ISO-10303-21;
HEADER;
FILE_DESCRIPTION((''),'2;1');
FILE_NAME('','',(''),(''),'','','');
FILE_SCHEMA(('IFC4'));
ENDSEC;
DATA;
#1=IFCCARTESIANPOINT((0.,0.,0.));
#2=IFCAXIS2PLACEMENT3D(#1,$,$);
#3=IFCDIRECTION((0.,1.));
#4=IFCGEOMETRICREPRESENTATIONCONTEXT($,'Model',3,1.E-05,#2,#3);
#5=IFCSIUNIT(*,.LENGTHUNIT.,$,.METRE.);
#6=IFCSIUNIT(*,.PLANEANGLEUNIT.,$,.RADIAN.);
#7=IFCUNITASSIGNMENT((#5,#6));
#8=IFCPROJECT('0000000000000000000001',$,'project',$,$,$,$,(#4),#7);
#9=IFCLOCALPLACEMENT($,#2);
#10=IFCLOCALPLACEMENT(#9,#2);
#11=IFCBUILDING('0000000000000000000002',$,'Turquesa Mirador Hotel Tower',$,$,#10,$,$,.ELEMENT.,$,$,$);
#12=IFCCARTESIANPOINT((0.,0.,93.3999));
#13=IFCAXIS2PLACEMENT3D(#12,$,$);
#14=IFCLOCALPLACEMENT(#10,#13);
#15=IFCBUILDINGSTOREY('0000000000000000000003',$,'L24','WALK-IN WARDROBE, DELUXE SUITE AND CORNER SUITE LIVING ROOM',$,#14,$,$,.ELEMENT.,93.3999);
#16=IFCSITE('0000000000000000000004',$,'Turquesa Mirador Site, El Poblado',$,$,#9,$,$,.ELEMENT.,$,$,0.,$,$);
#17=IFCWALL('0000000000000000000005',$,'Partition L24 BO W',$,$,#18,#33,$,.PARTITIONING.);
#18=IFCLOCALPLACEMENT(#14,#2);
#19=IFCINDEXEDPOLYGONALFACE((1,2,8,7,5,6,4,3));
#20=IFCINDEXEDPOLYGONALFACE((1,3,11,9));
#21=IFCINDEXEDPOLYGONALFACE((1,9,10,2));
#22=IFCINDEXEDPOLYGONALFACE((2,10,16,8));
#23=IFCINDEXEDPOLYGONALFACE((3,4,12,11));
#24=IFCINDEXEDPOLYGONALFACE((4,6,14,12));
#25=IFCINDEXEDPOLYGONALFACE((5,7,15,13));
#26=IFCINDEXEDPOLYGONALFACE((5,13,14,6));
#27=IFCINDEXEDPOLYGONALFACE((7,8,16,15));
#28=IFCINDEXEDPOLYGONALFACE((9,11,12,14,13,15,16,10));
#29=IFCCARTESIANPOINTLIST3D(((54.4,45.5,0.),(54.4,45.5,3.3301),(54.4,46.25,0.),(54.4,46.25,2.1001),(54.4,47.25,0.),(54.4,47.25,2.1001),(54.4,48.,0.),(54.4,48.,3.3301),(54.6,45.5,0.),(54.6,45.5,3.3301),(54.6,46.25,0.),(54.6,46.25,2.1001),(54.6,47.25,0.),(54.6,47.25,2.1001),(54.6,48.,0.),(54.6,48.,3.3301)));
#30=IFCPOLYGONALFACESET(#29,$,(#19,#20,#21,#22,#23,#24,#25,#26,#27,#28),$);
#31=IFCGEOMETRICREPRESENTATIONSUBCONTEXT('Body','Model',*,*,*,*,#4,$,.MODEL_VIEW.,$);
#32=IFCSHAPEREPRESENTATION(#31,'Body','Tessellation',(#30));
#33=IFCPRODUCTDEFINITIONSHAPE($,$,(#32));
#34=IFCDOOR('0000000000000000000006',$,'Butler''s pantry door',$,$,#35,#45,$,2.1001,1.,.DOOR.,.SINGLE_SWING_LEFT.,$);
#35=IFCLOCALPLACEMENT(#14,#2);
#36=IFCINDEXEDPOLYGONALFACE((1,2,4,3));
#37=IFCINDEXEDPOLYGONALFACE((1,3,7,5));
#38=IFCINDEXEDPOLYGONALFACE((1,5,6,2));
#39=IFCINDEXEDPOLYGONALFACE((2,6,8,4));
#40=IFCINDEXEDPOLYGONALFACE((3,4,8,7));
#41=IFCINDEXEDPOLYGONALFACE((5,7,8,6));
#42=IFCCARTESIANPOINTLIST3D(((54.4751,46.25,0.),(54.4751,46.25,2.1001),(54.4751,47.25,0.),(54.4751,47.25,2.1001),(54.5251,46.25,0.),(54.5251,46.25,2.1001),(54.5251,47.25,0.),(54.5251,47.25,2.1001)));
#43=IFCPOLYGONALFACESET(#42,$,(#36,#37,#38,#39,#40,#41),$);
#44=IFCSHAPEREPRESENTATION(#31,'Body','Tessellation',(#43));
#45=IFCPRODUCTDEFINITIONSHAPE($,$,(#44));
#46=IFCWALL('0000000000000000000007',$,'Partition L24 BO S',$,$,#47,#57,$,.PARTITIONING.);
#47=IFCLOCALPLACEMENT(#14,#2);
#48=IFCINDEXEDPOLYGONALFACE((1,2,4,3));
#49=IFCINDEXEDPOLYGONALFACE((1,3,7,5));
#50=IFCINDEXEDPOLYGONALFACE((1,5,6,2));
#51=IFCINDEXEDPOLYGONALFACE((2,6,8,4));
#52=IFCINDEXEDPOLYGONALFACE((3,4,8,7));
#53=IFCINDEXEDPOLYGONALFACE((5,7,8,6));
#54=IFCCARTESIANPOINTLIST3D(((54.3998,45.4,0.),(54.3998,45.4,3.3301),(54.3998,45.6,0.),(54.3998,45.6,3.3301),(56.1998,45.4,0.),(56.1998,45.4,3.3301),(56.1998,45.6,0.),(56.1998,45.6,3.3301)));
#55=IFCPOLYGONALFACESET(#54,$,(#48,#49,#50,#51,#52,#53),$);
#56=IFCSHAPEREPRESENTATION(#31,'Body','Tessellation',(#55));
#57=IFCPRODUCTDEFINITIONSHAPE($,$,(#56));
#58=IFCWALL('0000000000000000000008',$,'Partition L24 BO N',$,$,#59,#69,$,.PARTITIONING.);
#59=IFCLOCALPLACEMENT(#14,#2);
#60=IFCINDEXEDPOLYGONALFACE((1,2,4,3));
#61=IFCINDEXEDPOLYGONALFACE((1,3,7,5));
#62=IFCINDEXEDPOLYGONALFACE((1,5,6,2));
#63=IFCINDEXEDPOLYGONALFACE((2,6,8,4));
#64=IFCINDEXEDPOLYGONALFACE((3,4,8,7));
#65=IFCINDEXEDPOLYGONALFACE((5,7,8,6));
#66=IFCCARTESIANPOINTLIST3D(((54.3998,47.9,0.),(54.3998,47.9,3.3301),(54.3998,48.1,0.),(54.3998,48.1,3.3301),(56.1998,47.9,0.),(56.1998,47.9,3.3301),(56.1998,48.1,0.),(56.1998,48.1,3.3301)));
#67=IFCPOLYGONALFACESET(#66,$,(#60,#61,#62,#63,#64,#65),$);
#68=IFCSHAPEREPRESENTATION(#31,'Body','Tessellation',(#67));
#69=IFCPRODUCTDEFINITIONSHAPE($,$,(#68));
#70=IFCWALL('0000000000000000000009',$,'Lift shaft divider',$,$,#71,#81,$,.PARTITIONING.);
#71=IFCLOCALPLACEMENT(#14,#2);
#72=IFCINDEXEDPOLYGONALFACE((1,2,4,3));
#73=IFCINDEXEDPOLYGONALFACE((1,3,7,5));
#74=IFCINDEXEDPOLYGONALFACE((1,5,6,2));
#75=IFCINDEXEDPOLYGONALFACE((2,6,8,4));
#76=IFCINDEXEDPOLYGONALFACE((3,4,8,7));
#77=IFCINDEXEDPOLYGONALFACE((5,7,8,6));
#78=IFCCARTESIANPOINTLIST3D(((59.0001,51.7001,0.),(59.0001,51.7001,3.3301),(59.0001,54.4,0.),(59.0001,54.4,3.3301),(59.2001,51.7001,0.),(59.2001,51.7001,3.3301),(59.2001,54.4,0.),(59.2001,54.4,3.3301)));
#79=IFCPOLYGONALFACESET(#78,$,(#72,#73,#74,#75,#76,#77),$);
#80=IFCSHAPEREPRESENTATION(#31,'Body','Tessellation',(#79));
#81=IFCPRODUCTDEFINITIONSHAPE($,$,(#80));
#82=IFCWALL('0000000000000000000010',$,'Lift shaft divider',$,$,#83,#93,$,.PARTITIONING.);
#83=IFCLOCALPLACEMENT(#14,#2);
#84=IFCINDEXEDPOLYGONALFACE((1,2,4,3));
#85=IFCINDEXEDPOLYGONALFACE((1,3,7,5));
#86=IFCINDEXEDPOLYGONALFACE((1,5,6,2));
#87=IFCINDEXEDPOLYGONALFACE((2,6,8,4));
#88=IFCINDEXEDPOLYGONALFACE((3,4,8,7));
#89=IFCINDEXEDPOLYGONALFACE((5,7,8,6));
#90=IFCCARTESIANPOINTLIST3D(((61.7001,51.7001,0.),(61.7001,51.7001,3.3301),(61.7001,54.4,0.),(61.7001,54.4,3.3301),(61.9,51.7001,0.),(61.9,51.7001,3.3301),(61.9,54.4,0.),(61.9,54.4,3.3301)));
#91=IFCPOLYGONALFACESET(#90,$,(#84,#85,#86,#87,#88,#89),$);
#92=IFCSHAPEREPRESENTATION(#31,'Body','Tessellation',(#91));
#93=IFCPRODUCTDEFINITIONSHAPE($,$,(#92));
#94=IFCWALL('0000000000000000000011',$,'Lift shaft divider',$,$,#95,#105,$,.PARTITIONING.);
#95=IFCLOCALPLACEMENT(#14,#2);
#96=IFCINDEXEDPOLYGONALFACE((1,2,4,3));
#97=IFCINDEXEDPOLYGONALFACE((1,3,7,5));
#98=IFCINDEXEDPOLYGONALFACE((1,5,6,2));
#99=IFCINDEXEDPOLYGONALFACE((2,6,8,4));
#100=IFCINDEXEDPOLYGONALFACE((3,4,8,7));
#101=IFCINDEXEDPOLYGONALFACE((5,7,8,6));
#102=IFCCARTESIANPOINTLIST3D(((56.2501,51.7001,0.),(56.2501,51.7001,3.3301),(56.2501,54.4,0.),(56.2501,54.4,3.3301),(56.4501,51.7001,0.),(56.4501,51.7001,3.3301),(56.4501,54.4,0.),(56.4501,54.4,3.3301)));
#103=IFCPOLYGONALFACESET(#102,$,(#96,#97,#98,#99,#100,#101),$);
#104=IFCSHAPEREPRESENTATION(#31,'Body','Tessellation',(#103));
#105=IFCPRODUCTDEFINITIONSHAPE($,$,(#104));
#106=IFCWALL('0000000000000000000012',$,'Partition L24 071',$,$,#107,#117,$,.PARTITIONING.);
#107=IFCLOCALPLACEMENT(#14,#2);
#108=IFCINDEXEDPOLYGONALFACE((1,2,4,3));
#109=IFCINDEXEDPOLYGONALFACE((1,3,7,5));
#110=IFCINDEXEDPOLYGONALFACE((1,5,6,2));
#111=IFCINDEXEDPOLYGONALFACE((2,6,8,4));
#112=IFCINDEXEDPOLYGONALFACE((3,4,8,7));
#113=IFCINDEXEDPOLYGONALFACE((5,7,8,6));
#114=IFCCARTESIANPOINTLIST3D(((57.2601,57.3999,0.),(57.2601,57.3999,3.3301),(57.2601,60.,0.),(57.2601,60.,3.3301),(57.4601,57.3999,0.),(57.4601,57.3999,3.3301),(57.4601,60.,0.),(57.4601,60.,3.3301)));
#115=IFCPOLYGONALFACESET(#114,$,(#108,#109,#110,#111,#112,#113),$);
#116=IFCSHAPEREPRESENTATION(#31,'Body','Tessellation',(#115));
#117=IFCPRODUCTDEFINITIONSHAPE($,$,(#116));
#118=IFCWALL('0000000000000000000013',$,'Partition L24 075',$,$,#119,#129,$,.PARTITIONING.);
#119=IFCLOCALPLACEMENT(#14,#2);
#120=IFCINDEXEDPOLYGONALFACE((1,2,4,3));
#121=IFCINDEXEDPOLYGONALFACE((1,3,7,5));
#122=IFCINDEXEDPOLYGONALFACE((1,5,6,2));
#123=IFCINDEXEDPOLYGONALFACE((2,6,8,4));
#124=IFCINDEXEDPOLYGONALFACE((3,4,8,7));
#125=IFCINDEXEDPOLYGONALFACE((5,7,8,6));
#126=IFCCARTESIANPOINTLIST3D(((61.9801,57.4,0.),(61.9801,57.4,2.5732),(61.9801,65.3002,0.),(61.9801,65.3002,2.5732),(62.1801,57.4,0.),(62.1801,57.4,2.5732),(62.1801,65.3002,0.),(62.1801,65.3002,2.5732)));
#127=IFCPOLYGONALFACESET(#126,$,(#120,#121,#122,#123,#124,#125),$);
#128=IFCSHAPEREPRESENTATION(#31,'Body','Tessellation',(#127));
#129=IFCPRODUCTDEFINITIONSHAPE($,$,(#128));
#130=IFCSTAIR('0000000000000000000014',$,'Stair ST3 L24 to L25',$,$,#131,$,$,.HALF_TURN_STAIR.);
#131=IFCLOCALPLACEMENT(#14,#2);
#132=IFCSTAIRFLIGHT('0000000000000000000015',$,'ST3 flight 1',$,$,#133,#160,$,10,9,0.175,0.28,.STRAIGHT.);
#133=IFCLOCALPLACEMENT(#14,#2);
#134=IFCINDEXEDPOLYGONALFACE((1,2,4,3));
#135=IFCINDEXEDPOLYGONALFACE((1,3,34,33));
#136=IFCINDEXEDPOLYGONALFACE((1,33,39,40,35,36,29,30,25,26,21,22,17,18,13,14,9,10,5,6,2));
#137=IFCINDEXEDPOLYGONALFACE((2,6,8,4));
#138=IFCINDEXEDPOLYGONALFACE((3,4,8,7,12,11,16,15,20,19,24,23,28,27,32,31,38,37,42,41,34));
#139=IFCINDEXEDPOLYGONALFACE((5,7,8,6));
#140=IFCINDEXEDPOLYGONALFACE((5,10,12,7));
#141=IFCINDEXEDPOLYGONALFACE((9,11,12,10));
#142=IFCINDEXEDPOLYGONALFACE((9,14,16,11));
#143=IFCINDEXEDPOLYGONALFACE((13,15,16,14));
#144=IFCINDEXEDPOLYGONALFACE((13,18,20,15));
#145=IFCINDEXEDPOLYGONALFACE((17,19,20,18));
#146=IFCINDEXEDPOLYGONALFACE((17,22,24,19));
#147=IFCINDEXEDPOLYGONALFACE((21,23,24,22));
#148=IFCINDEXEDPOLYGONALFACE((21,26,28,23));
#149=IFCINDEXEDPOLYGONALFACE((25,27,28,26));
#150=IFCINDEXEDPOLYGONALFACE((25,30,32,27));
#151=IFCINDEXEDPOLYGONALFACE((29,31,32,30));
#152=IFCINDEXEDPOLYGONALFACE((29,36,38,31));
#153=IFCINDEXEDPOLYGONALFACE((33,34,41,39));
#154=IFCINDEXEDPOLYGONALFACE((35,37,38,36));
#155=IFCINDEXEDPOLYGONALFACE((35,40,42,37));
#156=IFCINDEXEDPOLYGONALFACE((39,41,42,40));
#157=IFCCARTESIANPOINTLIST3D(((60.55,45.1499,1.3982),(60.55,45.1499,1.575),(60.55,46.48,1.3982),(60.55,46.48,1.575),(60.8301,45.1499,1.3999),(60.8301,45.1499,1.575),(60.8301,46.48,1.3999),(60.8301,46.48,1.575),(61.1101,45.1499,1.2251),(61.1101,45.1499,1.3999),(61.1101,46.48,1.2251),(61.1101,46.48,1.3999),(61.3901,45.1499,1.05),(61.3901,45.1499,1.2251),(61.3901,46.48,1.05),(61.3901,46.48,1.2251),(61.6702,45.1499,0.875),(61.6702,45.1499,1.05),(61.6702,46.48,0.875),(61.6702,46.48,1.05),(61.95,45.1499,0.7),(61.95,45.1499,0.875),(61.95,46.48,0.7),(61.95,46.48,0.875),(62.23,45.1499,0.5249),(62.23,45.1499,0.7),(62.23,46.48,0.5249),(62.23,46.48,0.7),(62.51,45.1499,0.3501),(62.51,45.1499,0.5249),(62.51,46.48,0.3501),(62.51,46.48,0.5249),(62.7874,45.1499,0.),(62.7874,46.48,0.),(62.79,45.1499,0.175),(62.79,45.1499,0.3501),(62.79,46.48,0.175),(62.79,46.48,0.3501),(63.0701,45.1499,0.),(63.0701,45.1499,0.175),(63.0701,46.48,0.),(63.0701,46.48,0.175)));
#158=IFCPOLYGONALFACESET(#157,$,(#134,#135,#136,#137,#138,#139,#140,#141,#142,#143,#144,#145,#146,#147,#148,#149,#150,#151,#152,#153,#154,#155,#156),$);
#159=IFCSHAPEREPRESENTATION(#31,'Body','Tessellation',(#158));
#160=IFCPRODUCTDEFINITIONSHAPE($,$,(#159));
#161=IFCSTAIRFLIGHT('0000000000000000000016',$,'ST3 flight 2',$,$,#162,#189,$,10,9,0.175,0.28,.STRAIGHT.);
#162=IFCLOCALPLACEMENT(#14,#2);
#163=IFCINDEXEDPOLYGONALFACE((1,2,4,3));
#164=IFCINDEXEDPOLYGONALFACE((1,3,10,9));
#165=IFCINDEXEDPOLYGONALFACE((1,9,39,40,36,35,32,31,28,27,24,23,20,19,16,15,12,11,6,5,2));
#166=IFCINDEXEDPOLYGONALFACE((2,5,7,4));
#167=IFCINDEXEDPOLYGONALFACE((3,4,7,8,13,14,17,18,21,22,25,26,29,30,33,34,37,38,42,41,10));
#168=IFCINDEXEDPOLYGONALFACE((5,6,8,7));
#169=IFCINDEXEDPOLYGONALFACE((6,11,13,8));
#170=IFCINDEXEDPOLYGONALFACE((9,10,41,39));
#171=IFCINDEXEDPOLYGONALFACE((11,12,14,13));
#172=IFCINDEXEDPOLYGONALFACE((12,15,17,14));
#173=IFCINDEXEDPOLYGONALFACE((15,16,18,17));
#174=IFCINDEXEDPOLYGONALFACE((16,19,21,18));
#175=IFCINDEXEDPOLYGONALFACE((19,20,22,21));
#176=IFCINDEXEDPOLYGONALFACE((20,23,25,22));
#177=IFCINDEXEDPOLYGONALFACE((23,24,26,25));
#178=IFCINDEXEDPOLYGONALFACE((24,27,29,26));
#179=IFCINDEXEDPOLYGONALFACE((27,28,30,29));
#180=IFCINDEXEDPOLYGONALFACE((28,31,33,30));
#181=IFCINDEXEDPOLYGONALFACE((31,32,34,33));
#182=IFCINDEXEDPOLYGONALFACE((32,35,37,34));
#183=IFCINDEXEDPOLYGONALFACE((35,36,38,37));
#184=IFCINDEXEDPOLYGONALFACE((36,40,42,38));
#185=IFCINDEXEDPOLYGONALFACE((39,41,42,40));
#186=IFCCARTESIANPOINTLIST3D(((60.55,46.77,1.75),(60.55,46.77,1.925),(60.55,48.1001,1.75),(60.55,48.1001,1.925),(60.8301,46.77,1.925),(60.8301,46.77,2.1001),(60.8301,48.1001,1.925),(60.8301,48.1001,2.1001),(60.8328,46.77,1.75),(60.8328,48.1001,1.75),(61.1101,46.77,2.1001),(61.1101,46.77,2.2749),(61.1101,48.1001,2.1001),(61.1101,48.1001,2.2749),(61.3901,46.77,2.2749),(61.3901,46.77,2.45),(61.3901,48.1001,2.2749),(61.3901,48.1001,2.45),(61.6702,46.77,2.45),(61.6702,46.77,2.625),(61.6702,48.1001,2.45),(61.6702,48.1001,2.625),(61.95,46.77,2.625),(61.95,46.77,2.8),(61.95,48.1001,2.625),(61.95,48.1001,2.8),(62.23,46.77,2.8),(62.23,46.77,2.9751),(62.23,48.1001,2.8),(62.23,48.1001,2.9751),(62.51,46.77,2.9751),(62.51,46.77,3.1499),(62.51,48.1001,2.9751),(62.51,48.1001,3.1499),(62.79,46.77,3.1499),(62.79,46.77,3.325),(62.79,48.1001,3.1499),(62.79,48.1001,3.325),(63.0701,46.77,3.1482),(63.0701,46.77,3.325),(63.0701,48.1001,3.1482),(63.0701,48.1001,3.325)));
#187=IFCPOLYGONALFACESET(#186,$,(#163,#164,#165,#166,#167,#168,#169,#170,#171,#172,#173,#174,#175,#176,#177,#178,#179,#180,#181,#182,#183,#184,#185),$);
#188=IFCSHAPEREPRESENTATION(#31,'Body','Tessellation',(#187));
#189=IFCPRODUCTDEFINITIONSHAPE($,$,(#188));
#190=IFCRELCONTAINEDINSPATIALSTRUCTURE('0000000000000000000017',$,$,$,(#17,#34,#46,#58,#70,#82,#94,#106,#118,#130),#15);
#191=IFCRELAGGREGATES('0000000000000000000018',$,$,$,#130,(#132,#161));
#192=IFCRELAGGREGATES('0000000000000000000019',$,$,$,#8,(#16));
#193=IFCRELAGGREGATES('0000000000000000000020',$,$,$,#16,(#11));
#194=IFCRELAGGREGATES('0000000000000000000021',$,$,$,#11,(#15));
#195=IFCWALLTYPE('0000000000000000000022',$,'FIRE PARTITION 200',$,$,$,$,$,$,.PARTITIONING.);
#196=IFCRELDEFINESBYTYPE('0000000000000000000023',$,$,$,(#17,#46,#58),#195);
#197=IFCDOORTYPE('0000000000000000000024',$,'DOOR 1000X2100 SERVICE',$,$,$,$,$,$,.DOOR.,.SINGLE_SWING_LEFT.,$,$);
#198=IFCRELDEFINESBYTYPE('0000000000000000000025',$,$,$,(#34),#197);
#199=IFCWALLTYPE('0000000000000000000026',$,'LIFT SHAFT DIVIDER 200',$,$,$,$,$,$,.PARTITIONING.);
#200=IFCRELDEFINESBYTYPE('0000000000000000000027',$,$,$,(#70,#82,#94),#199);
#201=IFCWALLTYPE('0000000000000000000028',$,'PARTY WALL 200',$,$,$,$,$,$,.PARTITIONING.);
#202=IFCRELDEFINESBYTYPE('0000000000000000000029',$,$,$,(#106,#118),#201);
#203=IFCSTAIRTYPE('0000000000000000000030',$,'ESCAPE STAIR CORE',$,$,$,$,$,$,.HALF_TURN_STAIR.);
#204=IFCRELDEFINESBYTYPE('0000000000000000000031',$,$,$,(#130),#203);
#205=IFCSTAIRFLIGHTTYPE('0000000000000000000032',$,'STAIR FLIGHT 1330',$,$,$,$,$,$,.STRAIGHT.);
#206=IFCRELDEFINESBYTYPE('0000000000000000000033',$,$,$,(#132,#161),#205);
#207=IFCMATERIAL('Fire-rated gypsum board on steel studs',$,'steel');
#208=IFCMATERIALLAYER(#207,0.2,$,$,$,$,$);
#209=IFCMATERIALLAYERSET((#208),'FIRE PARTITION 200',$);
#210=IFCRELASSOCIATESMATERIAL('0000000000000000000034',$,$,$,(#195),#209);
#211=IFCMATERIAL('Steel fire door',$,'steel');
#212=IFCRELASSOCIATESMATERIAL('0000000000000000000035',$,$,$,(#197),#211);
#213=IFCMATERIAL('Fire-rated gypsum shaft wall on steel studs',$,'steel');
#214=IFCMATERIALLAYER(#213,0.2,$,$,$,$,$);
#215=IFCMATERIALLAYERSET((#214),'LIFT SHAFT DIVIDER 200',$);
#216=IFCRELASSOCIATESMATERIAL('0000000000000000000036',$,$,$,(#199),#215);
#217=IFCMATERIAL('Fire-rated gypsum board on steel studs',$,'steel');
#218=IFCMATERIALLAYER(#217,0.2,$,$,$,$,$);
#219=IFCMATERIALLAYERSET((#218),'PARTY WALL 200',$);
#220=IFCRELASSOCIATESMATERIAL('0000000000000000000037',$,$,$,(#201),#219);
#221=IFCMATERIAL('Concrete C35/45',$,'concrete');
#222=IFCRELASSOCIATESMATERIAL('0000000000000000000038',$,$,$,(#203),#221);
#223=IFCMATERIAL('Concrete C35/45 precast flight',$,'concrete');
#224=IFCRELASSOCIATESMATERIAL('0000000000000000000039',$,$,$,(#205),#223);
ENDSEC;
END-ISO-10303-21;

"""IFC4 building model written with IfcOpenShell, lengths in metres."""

from ifc_helpers import new_model, si_unit, direction, frame, frame_2d, origin, place, context, subcontext, project, spatial, polyline, rectangle, outline, extrude, material, layer, layer_set, type_object, element, fill, aggregate, save


model = new_model("IFC4")

# Units and contexts
model_context = context("Model", 3, precision=1e-05, world=origin(), true_north=direction((0.0, 1.0)))
body_context = subcontext(model_context, "Body", "Model", "MODEL_VIEW")
ifc_project = project(units=[si_unit("LENGTHUNIT", "METRE"), si_unit("PLANEANGLEUNIT", "RADIAN")], contexts=[model_context])

# Site, building, storey
site_placement = place(None, origin())
site = spatial("IfcSite", under=ifc_project, at=site_placement, Name="Turquesa Mirador Site, El Poblado", CompositionType="ELEMENT", RefElevation=0.0)
building_placement = place(site_placement, origin())
building = spatial("IfcBuilding", under=site, at=building_placement, Name="Turquesa Mirador Hotel Tower", CompositionType="ELEMENT")
storey_placement = place(building_placement, frame((0.0, 0.0, 93.3999)))
storey = spatial("IfcBuildingStorey", under=building, at=storey_placement, Name="L24", Description="WALK-IN WARDROBE, DELUXE SUITE AND CORNER SUITE LIVING ROOM", CompositionType="ELEMENT", Elevation=93.3999)

# Shared definitions
ifc_material_1 = material(Name="Fire-rated gypsum board on steel studs", Category="steel")
ifc_layer_1 = layer(ifc_material_1, 0.2)
ifc_layer_set_1 = layer_set([ifc_layer_1], Name="FIRE PARTITION 200")
wall_type_1 = type_object("IfcWallType", Name="FIRE PARTITION 200", PredefinedType="PARTITIONING", material=ifc_layer_set_1)

# Wall, opening, door
wall_1_placement = place(storey_placement, frame((54.5, 45.5, 0.0), z_axis=(0.0, 0.0, 1.0), x_axis=(0.0, 1.0, 0.0)))
wall_1 = element("IfcWall", 1, at=wall_1_placement, inside=storey, type_object=wall_type_1, Name="Partition L24 BO W", PredefinedType="PARTITIONING", context=body_context, shape_type="SweptSolid", body=[
    extrude(rectangle(XDim=2.5, YDim=0.2, at=frame_2d((1.25, 0.0))), origin(), (0.0, 0.0, 1.0), 3.3301),
])
opening_1_placement = place(wall_1_placement, frame((0.75, 0.0, 0.0)))
opening_1 = element("IfcOpeningElement", 2, at=opening_1_placement, cuts=wall_1, PredefinedType="OPENING", context=body_context, shape_type="SweptSolid", body=[
    extrude(rectangle(XDim=1.0, YDim=2.1001, at=frame_2d((0.5, 1.05))), frame((0.0, 0.1099, 0.0), z_axis=(0.0, -1.0, 0.0), x_axis=(1.0, 0.0, 0.0)), (0.0, 0.0, 1.0), 0.22),
])
ifc_material_2 = material(Name="Steel fire door", Category="steel")
door_type_1 = type_object("IfcDoorType", Name="DOOR 1000X2100 SERVICE", OperationType="SINGLE_SWING_LEFT", PredefinedType="DOOR", material=ifc_material_2)
door_1_placement = place(opening_1_placement, origin())
door_1 = element("IfcDoor", 3, at=door_1_placement, inside=storey, type_object=door_type_1, Name="Butler's pantry door", OperationType="SINGLE_SWING_LEFT", OverallHeight=2.1001, OverallWidth=1.0, PredefinedType="DOOR", context=body_context, shape_type="SweptSolid", body=[
    extrude(rectangle(XDim=1.0, YDim=2.1001, at=frame_2d((0.5, 1.05))), frame((0.0, 0.0249, 0.0), z_axis=(0.0, -1.0, 0.0), x_axis=(1.0, 0.0, 0.0)), (0.0, 0.0, 1.0), 0.05),
])
fill(opening_1, door_1)

# Walls
for number, where, z_axis, x_axis, name in (
    (4, (54.3999, 45.5, 0.0), (0.0, 0.0, 1.0), (1.0, 0.0, 0.0), "Partition L24 BO S"),
    (5, (54.3999, 48.0, 0.0), (0.0, 0.0, 1.0), (1.0, 0.0, 0.0), "Partition L24 BO N"),
):
    element("IfcWall", number, at=place(storey_placement, frame(where, z_axis=z_axis, x_axis=x_axis)), inside=storey, type_object=wall_type_1, Name=name, PredefinedType="PARTITIONING", context=body_context, shape_type="SweptSolid", body=[
        extrude(rectangle(XDim=1.8, YDim=0.2, at=frame_2d((0.8999, 0.0))), origin(), (0.0, 0.0, 1.0), 3.3301),
    ])
ifc_material_3 = material(Name="Fire-rated gypsum shaft wall on steel studs", Category="steel")
ifc_layer_2 = layer(ifc_material_3, 0.2)
ifc_layer_set_2 = layer_set([ifc_layer_2], Name="LIFT SHAFT DIVIDER 200")
wall_type_2 = type_object("IfcWallType", Name="LIFT SHAFT DIVIDER 200", PredefinedType="PARTITIONING", material=ifc_layer_set_2)
for number, where, z_axis, x_axis, name in (
    (6, (59.1001, 51.7, 0.0), (0.0, 0.0, 1.0), (0.0, 1.0, 0.0), "Lift shaft divider"),
    (7, (61.8, 51.7, 0.0), (0.0, 0.0, 1.0), (0.0, 1.0, 0.0), "Lift shaft divider"),
    (8, (56.3501, 51.7, 0.0), (0.0, 0.0, 1.0), (0.0, 1.0, 0.0), "Lift shaft divider"),
):
    element("IfcWall", number, at=place(storey_placement, frame(where, z_axis=z_axis, x_axis=x_axis)), inside=storey, type_object=wall_type_2, Name=name, PredefinedType="PARTITIONING", context=body_context, shape_type="SweptSolid", body=[
        extrude(rectangle(XDim=2.7, YDim=0.2, at=frame_2d((1.3501, 0.0))), origin(), (0.0, 0.0, 1.0), 3.3301),
    ])
ifc_material_4 = material(Name="Fire-rated gypsum board on steel studs", Category="steel")
ifc_layer_3 = layer(ifc_material_4, 0.2)
ifc_layer_set_3 = layer_set([ifc_layer_3], Name="PARTY WALL 200")
wall_type_3 = type_object("IfcWallType", Name="PARTY WALL 200", PredefinedType="PARTITIONING", material=ifc_layer_set_3)
wall_2_placement = place(storey_placement, frame((57.3601, 57.3999, 0.0), z_axis=(0.0, 0.0, 1.0), x_axis=(0.0, 1.0, 0.0)))
element("IfcWall", 9, at=wall_2_placement, inside=storey, type_object=wall_type_3, Name="Partition L24 071", PredefinedType="PARTITIONING", context=body_context, shape_type="SweptSolid", body=[
    extrude(rectangle(XDim=2.6001, YDim=0.2, at=frame_2d((1.3, 0.0))), origin(), (0.0, 0.0, 1.0), 3.3301),
])
wall_3_placement = place(storey_placement, frame((62.0801, 57.3999, 0.0), z_axis=(0.0, 0.0, 1.0), x_axis=(0.0, 1.0, 0.0)))
element("IfcWall", 10, at=wall_3_placement, inside=storey, type_object=wall_type_3, Name="Partition L24 075", PredefinedType="PARTITIONING", context=body_context, shape_type="SweptSolid", body=[
    extrude(rectangle(XDim=7.9001, YDim=0.2, at=frame_2d((3.9502, 0.0))), origin(), (0.0, 0.0, 1.0), 2.5732),
])

# Stair, stair flights
ifc_material_5 = material(Name="Concrete C35/45", Category="concrete")
stair_type = type_object("IfcStairType", Name="ESCAPE STAIR CORE", PredefinedType="HALF_TURN_STAIR", material=ifc_material_5)
stair_placement = place(storey_placement, origin())
stair = element("IfcStair", 11, at=stair_placement, inside=storey, type_object=stair_type, Name="Stair ST3 L24 to L25", PredefinedType="HALF_TURN_STAIR")
ifc_material_6 = material(Name="Concrete C35/45 precast flight", Category="concrete")
stair_flight_type = type_object("IfcStairFlightType", Name="STAIR FLIGHT 1330", PredefinedType="STRAIGHT", material=ifc_material_6)
stair_flight_1_placement = place(storey_placement, frame((63.0701, 45.8149, 0.0), z_axis=(0.0, 0.0, 1.0), x_axis=(-1.0, 0.0, 0.0)))
stair_flight_1 = element("IfcStairFlight", 12, at=stair_flight_1_placement, type_object=stair_flight_type, Name="ST3 flight 1", NumberOfRisers=10, NumberOfTreads=9, PredefinedType="STRAIGHT", RiserHeight=0.175, TreadLength=0.28, context=body_context, shape_type="SweptSolid", body=[
    extrude(outline(polyline([(0.0, 0.0), (0.0, 0.175), (0.28, 0.175), (0.28, 0.3501), (0.5601, 0.3501), (0.5601, 0.5249), (0.8401, 0.5249), (0.8401, 0.7), (1.1201, 0.7), (1.1201, 0.875), (1.3999, 0.875), (1.3999, 1.05), (1.6799, 1.05), (1.6799, 1.2251), (1.96, 1.2251), (1.96, 1.3999), (2.24, 1.3999), (2.24, 1.575), (2.52, 1.575), (2.52, 1.75), (2.52, 1.3982), (0.2827, 0.0), (0.0, 0.0)])), frame((0.0, 0.665, 0.0), z_axis=(0.0, -1.0, 0.0), x_axis=(1.0, 0.0, 0.0)), (0.0, 0.0, 1.0), 1.3301),
])
stair_flight_2_placement = place(storey_placement, frame((60.55, 47.4351, 1.75), z_axis=(0.0, 0.0, 1.0), x_axis=(1.0, 0.0, 0.0)))
stair_flight_2 = element("IfcStairFlight", 13, at=stair_flight_2_placement, type_object=stair_flight_type, Name="ST3 flight 2", NumberOfRisers=10, NumberOfTreads=9, PredefinedType="STRAIGHT", RiserHeight=0.175, TreadLength=0.28, context=body_context, shape_type="SweptSolid", body=[
    extrude(outline(polyline([(0.0, 0.0), (0.0, 0.175), (0.28, 0.175), (0.28, 0.3501), (0.5601, 0.3501), (0.5601, 0.5249), (0.8401, 0.5249), (0.8401, 0.7), (1.1201, 0.7), (1.1201, 0.875), (1.3999, 0.875), (1.3999, 1.05), (1.6799, 1.05), (1.6799, 1.2251), (1.96, 1.2251), (1.96, 1.3999), (2.24, 1.3999), (2.24, 1.575), (2.52, 1.575), (2.52, 1.75), (2.52, 1.3982), (0.2827, 0.0), (0.0, 0.0)])), frame((0.0, 0.665, 0.0), z_axis=(0.0, -1.0, 0.0), x_axis=(1.0, 0.0, 0.0)), (0.0, 0.0, 1.0), 1.3301),
])
aggregate(stair, [stair_flight_1, stair_flight_2])

save(model, "model.ifc")
